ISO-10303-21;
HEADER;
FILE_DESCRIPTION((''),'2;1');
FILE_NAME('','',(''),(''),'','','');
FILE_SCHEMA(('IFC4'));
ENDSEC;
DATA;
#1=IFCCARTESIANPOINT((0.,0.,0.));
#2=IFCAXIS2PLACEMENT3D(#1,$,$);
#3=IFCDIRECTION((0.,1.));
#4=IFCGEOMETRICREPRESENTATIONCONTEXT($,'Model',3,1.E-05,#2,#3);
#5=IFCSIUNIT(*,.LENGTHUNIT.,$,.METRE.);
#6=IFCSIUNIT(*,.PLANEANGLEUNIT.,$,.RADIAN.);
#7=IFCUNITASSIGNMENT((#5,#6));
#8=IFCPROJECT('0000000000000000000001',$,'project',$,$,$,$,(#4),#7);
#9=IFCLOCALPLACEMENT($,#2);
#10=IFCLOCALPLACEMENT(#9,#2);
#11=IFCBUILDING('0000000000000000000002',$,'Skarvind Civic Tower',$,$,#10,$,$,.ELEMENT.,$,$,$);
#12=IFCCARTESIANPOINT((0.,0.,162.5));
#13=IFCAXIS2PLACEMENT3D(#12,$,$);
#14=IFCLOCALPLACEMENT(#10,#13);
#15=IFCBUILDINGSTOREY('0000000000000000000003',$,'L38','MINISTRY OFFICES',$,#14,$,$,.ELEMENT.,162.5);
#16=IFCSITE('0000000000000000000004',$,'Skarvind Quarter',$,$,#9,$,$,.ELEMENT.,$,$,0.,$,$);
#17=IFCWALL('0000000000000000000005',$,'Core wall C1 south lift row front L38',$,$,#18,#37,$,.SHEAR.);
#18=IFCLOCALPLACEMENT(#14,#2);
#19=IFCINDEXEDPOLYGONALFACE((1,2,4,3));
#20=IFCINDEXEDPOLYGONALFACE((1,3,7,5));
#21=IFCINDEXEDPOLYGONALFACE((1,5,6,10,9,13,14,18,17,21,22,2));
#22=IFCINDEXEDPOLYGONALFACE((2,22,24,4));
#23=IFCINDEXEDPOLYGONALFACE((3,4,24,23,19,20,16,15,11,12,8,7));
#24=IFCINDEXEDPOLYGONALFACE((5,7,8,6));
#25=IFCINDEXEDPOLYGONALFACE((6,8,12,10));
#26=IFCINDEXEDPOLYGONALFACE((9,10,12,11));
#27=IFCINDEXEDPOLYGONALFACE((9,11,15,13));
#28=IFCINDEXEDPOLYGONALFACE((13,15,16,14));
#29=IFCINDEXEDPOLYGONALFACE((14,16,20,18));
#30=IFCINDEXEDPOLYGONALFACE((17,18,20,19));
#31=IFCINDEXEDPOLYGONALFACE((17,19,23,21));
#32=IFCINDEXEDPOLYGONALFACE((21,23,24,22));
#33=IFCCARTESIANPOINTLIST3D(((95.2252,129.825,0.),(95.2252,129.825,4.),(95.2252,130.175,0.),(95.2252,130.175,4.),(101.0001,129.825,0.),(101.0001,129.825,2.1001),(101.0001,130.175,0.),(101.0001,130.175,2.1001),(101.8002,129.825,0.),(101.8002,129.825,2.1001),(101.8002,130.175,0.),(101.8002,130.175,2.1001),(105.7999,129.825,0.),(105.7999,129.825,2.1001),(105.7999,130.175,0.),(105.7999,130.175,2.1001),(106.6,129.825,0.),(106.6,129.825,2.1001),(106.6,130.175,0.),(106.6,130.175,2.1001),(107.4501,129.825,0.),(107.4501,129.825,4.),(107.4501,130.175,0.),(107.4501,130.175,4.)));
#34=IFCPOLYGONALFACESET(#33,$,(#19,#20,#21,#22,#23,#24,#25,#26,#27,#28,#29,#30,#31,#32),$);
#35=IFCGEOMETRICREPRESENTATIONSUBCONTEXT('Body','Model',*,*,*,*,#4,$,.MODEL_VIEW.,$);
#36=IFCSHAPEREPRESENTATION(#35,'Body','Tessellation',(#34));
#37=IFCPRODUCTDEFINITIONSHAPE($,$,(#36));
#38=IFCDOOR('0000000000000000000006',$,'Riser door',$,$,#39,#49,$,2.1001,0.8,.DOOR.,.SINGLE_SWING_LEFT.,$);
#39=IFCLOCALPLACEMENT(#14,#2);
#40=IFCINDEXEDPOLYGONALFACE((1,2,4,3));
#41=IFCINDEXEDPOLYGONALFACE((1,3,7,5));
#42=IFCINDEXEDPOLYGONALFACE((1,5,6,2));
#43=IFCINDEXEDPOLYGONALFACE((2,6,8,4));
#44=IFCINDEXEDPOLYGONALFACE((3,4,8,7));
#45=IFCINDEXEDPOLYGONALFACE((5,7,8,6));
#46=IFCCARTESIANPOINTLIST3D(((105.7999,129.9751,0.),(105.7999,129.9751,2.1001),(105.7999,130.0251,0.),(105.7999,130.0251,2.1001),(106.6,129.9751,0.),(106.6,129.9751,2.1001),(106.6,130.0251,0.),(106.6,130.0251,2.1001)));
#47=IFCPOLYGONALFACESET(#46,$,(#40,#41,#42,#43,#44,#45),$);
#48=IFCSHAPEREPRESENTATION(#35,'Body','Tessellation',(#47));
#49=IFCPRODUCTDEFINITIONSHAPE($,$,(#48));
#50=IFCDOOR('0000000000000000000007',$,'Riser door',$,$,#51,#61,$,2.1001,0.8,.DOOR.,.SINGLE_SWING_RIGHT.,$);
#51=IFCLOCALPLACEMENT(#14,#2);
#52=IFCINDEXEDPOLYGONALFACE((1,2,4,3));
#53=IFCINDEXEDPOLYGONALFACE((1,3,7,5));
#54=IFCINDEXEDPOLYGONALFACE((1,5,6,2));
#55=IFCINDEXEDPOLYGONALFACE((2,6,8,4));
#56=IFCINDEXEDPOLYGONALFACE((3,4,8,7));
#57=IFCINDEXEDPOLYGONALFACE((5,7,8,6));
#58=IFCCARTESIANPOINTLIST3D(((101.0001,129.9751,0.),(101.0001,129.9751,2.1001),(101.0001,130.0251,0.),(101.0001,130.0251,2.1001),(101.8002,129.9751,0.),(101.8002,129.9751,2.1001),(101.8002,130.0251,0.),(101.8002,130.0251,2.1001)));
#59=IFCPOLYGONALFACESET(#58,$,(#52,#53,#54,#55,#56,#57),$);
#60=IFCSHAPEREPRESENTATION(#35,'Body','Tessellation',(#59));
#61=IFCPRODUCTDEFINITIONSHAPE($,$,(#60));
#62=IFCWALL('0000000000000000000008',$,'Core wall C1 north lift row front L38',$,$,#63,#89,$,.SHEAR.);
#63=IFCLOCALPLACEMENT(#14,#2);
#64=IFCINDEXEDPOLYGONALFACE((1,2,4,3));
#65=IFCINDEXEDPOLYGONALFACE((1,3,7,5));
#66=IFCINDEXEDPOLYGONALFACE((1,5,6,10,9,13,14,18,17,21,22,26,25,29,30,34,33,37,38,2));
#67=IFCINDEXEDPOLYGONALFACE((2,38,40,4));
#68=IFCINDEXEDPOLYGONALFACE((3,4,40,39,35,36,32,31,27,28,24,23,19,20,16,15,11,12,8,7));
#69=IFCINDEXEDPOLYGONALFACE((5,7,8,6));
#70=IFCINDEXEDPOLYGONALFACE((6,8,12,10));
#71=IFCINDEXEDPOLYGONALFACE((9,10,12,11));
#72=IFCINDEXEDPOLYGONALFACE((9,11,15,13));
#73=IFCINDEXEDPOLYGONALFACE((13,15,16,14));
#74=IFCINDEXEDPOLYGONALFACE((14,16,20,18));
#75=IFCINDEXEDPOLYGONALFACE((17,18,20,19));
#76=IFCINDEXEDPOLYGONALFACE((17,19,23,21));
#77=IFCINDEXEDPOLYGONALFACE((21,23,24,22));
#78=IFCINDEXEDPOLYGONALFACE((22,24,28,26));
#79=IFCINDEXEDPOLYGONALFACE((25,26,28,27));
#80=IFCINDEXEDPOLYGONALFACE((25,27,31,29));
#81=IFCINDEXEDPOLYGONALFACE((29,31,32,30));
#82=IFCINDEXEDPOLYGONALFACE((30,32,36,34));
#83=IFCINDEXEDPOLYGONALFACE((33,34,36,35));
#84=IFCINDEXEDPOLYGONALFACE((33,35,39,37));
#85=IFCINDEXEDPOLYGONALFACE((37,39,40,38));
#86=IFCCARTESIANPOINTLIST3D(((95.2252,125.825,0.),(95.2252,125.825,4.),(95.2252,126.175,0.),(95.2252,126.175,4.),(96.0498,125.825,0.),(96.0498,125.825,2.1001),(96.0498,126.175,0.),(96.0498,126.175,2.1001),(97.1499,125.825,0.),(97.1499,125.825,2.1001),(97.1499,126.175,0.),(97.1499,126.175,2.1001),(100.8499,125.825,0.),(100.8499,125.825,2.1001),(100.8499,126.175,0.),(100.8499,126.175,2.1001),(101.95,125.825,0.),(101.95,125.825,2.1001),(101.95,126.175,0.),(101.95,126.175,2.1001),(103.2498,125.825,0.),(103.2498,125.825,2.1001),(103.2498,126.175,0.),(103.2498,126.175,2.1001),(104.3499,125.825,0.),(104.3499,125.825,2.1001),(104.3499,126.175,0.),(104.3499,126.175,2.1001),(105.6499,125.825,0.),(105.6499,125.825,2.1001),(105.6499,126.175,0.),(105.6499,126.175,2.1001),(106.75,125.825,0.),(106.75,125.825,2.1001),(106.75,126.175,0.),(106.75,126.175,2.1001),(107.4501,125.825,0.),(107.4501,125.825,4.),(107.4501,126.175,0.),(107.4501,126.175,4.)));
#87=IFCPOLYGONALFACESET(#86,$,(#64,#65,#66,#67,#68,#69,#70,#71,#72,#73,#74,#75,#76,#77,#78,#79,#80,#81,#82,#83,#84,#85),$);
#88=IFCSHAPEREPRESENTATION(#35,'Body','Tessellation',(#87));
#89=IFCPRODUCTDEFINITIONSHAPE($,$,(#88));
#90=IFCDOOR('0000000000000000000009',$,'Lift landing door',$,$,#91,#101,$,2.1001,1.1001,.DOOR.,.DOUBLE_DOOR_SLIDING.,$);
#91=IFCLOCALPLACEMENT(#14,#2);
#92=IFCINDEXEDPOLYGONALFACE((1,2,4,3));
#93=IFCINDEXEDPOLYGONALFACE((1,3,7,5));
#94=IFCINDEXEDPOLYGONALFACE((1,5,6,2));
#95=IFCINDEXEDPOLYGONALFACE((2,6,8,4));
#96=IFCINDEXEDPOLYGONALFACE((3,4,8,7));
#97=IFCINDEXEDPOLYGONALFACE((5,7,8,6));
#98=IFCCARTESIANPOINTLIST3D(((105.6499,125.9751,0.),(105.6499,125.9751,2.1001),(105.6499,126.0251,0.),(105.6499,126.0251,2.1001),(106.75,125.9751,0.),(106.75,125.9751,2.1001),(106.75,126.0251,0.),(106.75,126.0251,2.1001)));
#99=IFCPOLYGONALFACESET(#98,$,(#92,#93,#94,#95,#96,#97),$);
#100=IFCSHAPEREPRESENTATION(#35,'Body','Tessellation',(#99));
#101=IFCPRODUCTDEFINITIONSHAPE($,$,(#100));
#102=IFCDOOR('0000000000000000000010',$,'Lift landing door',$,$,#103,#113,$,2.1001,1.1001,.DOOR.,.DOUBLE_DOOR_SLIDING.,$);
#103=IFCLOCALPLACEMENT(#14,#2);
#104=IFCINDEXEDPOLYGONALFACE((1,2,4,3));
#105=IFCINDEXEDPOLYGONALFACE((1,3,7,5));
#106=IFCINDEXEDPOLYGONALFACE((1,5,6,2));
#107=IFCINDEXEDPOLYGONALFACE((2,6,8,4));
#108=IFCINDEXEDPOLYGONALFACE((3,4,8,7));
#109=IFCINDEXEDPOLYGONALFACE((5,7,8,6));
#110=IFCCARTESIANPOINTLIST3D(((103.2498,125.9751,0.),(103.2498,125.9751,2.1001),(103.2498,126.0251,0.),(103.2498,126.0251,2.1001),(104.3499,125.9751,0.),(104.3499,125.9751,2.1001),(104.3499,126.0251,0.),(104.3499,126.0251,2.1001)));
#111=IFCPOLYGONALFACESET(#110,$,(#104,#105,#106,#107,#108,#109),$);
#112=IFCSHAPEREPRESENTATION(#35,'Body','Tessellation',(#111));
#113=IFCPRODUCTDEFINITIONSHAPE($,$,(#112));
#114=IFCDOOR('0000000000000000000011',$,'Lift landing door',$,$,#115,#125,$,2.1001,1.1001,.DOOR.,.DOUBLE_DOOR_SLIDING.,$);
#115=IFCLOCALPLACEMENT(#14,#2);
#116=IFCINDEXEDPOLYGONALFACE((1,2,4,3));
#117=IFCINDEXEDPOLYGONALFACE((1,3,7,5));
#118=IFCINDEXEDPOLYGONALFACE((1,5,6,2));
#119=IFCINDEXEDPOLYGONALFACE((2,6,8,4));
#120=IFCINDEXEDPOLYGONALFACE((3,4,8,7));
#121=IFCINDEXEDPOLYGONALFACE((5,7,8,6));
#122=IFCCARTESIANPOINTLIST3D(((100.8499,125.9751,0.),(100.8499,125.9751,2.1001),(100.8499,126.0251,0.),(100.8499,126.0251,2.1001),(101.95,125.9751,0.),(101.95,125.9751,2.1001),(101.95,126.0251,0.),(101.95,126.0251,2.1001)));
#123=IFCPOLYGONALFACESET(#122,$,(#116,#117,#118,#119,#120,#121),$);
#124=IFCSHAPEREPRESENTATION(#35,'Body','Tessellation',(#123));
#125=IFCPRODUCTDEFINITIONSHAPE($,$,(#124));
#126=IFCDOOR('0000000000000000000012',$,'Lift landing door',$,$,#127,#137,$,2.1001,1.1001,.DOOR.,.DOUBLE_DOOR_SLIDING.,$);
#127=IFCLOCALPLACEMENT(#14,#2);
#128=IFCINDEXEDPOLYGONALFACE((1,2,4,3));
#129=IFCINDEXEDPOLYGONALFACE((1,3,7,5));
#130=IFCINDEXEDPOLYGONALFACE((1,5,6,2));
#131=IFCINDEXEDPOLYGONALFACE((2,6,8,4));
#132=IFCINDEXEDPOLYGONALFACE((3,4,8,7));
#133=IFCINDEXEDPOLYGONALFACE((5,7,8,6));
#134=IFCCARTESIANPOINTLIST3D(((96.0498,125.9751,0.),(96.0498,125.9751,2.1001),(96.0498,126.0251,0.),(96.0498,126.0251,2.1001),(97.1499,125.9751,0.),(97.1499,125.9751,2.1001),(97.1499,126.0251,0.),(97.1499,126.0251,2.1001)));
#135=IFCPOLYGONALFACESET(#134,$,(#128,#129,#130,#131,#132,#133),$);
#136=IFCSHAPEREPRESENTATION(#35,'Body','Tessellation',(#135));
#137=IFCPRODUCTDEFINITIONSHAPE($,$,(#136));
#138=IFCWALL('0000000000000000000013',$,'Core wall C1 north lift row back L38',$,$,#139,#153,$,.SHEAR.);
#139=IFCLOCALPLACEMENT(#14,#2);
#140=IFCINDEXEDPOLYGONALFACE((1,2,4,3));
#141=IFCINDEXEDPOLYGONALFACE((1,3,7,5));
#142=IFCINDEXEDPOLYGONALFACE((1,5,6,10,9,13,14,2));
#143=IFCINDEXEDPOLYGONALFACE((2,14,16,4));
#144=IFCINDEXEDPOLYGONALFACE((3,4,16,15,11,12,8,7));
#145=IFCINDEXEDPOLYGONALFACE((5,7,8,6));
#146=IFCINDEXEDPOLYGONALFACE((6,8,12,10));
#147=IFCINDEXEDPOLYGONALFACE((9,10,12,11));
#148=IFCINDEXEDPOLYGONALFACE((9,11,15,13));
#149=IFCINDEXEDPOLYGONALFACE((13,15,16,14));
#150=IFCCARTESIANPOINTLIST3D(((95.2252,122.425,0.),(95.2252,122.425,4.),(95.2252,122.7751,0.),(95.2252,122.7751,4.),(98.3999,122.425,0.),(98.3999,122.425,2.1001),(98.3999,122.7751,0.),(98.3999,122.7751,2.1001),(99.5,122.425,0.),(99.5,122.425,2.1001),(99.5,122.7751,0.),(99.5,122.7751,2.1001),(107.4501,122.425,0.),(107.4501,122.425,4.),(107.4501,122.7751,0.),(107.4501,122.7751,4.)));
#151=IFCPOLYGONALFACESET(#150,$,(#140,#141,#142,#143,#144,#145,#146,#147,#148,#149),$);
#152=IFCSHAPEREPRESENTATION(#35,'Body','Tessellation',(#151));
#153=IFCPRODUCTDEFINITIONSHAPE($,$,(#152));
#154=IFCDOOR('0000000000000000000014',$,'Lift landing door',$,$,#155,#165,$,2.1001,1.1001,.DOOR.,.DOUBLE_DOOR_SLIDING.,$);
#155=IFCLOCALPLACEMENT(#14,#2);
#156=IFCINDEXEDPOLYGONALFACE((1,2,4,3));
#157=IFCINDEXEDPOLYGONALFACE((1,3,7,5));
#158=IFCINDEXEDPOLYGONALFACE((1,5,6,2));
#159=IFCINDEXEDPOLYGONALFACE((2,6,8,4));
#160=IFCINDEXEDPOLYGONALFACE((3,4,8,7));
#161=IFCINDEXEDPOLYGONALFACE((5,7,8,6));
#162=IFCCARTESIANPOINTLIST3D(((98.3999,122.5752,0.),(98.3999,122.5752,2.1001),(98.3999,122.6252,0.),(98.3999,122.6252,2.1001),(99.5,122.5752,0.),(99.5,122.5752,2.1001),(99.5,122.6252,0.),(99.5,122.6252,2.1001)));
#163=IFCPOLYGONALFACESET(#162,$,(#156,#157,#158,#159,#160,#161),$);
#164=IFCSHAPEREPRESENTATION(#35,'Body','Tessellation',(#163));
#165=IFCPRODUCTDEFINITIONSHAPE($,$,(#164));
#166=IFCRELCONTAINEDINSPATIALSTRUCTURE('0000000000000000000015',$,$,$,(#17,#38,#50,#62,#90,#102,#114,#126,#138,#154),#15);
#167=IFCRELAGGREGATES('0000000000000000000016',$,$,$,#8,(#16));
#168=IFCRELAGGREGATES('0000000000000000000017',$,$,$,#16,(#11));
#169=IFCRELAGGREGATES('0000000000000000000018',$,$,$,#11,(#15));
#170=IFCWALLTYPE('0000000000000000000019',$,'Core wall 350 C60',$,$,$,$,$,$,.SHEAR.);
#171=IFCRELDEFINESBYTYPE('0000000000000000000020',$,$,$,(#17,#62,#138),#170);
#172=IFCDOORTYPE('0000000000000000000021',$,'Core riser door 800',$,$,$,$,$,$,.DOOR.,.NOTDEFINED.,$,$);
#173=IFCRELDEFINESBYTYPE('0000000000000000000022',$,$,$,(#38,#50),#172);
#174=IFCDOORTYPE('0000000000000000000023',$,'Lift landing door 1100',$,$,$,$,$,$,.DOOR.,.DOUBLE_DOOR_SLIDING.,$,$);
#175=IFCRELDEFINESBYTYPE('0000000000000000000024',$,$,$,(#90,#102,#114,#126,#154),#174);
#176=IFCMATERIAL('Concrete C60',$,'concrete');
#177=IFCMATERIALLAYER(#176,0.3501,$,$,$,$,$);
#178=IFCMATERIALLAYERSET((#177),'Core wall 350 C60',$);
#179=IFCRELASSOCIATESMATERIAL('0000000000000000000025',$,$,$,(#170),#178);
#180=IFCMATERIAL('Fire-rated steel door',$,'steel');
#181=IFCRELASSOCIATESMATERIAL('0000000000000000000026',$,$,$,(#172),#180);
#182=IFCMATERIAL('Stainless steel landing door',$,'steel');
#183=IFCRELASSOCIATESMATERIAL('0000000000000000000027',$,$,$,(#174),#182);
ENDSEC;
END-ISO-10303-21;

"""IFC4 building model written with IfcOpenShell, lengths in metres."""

from ifc_helpers import new_model, si_unit, direction, frame, frame_2d, origin, place, context, subcontext, project, spatial, rectangle, extrude, material, layer, layer_set, type_object, element, fill, save


model = new_model("IFC4")

# Units and contexts
model_context = context("Model", 3, precision=1e-05, world=origin(), true_north=direction((0.0, 1.0)))
body_context = subcontext(model_context, "Body", "Model", "MODEL_VIEW")
ifc_project = project(units=[si_unit("LENGTHUNIT", "METRE"), si_unit("PLANEANGLEUNIT", "RADIAN")], contexts=[model_context])

# Site, building, storey
site_placement = place(None, origin())
site = spatial("IfcSite", under=ifc_project, at=site_placement, Name="Skarvind Quarter", CompositionType="ELEMENT", RefElevation=0.0)
building_placement = place(site_placement, origin())
building = spatial("IfcBuilding", under=site, at=building_placement, Name="Skarvind Civic Tower", CompositionType="ELEMENT")
storey_placement = place(building_placement, frame((0.0, 0.0, 162.5)))
storey = spatial("IfcBuildingStorey", under=building, at=storey_placement, Name="L38", Description="MINISTRY OFFICES", CompositionType="ELEMENT", Elevation=162.5)

# Walls, openings, doors
ifc_material_1 = material(Name="Concrete C60", Category="concrete")
ifc_layer_1 = layer(ifc_material_1, 0.3501)
ifc_layer_set_1 = layer_set([ifc_layer_1], Name="Core wall 350 C60")
wall_type_1 = type_object("IfcWallType", Name="Core wall 350 C60", PredefinedType="SHEAR", material=ifc_layer_set_1)
wall_1_placement = place(storey_placement, frame((107.45, 130.0, 0.0), z_axis=(0.0, 0.0, 1.0), x_axis=(-1.0, 0.0, 0.0)))
wall_1 = element("IfcWall", 1, at=wall_1_placement, inside=storey, type_object=wall_type_1, Name="Core wall C1 south lift row front L38", PredefinedType="SHEAR", context=body_context, shape_type="SweptSolid", body=[
    extrude(rectangle(XDim=12.2249, YDim=0.3501, at=frame_2d((6.1123, 0.0))), origin(), (0.0, 0.0, 1.0), 4.0),
])
opening_1_placement = place(wall_1_placement, frame((0.8501, 0.0, 0.0)))
opening_1 = element("IfcOpeningElement", 2, at=opening_1_placement, cuts=wall_1, PredefinedType="OPENING", context=body_context, shape_type="SweptSolid", body=[
    extrude(rectangle(XDim=0.8, YDim=2.1001, at=frame_2d((0.3999, 1.05))), frame((0.0, 0.1851, 0.0), z_axis=(0.0, -1.0, 0.0), x_axis=(1.0, 0.0, 0.0)), (0.0, 0.0, 1.0), 0.3701),
])
opening_2_placement = place(wall_1_placement, frame((5.6499, 0.0, 0.0)))
opening_2 = element("IfcOpeningElement", 3, at=opening_2_placement, cuts=wall_1, PredefinedType="OPENING", context=body_context, shape_type="SweptSolid", body=[
    extrude(rectangle(XDim=0.8, YDim=2.1001, at=frame_2d((0.3999, 1.05))), frame((0.0, 0.1851, 0.0), z_axis=(0.0, -1.0, 0.0), x_axis=(1.0, 0.0, 0.0)), (0.0, 0.0, 1.0), 0.3701),
])
ifc_material_2 = material(Name="Fire-rated steel door", Category="steel")
door_type_1 = type_object("IfcDoorType", Name="Core riser door 800", OperationType="NOTDEFINED", PredefinedType="DOOR", material=ifc_material_2)
door_1_placement = place(opening_1_placement, origin())
door_1 = element("IfcDoor", 4, at=door_1_placement, inside=storey, type_object=door_type_1, Name="Riser door", OperationType="SINGLE_SWING_LEFT", OverallHeight=2.1001, OverallWidth=0.8, PredefinedType="DOOR", context=body_context, shape_type="SweptSolid", body=[
    extrude(rectangle(XDim=0.8, YDim=2.1001, at=frame_2d((0.3999, 1.05))), frame((0.0, 0.0249, 0.0), z_axis=(0.0, -1.0, 0.0), x_axis=(1.0, 0.0, 0.0)), (0.0, 0.0, 1.0), 0.05),
])
fill(opening_1, door_1)
door_2_placement = place(opening_2_placement, origin())
door_2 = element("IfcDoor", 5, at=door_2_placement, inside=storey, type_object=door_type_1, Name="Riser door", OperationType="SINGLE_SWING_RIGHT", OverallHeight=2.1001, OverallWidth=0.8, PredefinedType="DOOR", context=body_context, shape_type="SweptSolid", body=[
    extrude(rectangle(XDim=0.8, YDim=2.1001, at=frame_2d((0.3999, 1.05))), frame((0.0, 0.0249, 0.0), z_axis=(0.0, -1.0, 0.0), x_axis=(1.0, 0.0, 0.0)), (0.0, 0.0, 1.0), 0.05),
])
fill(opening_2, door_2)
wall_2_placement = place(storey_placement, frame((107.45, 126.0, 0.0), z_axis=(0.0, 0.0, 1.0), x_axis=(-1.0, 0.0, 0.0)))
wall_2 = element("IfcWall", 6, at=wall_2_placement, inside=storey, type_object=wall_type_1, Name="Core wall C1 north lift row front L38", PredefinedType="SHEAR", context=body_context, shape_type="SweptSolid", body=[
    extrude(rectangle(XDim=12.2249, YDim=0.3501, at=frame_2d((6.1123, 0.0))), origin(), (0.0, 0.0, 1.0), 4.0),
])
opening_3_placement = place(wall_2_placement, frame((0.7, 0.0, 0.0)))
opening_3 = element("IfcOpeningElement", 7, at=opening_3_placement, cuts=wall_2, PredefinedType="OPENING", context=body_context, shape_type="SweptSolid", body=[
    extrude(rectangle(XDim=1.1001, YDim=2.1001, at=frame_2d((0.55, 1.05))), frame((0.0, 0.1851, 0.0), z_axis=(0.0, -1.0, 0.0), x_axis=(1.0, 0.0, 0.0)), (0.0, 0.0, 1.0), 0.3701),
])
opening_4_placement = place(wall_2_placement, frame((3.1001, 0.0, 0.0)))
opening_4 = element("IfcOpeningElement", 8, at=opening_4_placement, cuts=wall_2, PredefinedType="OPENING", context=body_context, shape_type="SweptSolid", body=[
    extrude(rectangle(XDim=1.1001, YDim=2.1001, at=frame_2d((0.55, 1.05))), frame((0.0, 0.1851, 0.0), z_axis=(0.0, -1.0, 0.0), x_axis=(1.0, 0.0, 0.0)), (0.0, 0.0, 1.0), 0.3701),
])
opening_5_placement = place(wall_2_placement, frame((5.5, 0.0, 0.0)))
opening_5 = element("IfcOpeningElement", 9, at=opening_5_placement, cuts=wall_2, PredefinedType="OPENING", context=body_context, shape_type="SweptSolid", body=[
    extrude(rectangle(XDim=1.1001, YDim=2.1001, at=frame_2d((0.55, 1.05))), frame((0.0, 0.1851, 0.0), z_axis=(0.0, -1.0, 0.0), x_axis=(1.0, 0.0, 0.0)), (0.0, 0.0, 1.0), 0.3701),
])
opening_6_placement = place(wall_2_placement, frame((10.3, 0.0, 0.0)))
opening_6 = element("IfcOpeningElement", 10, at=opening_6_placement, cuts=wall_2, PredefinedType="OPENING", context=body_context, shape_type="SweptSolid", body=[
    extrude(rectangle(XDim=1.1001, YDim=2.1001, at=frame_2d((0.55, 1.05))), frame((0.0, 0.1851, 0.0), z_axis=(0.0, -1.0, 0.0), x_axis=(1.0, 0.0, 0.0)), (0.0, 0.0, 1.0), 0.3701),
])
ifc_material_3 = material(Name="Stainless steel landing door", Category="steel")
door_type_2 = type_object("IfcDoorType", Name="Lift landing door 1100", OperationType="DOUBLE_DOOR_SLIDING", PredefinedType="DOOR", material=ifc_material_3)
door_3_placement = place(opening_3_placement, origin())
door_3 = element("IfcDoor", 11, at=door_3_placement, inside=storey, type_object=door_type_2, Name="Lift landing door", OperationType="DOUBLE_DOOR_SLIDING", OverallHeight=2.1001, OverallWidth=1.1001, PredefinedType="DOOR", context=body_context, shape_type="SweptSolid", body=[
    extrude(rectangle(XDim=1.1001, YDim=2.1001, at=frame_2d((0.55, 1.05))), frame((0.0, 0.0249, 0.0), z_axis=(0.0, -1.0, 0.0), x_axis=(1.0, 0.0, 0.0)), (0.0, 0.0, 1.0), 0.05),
])
fill(opening_3, door_3)
door_4_placement = place(opening_4_placement, origin())
door_4 = element("IfcDoor", 12, at=door_4_placement, inside=storey, type_object=door_type_2, Name="Lift landing door", OperationType="DOUBLE_DOOR_SLIDING", OverallHeight=2.1001, OverallWidth=1.1001, PredefinedType="DOOR", context=body_context, shape_type="SweptSolid", body=[
    extrude(rectangle(XDim=1.1001, YDim=2.1001, at=frame_2d((0.55, 1.05))), frame((0.0, 0.0249, 0.0), z_axis=(0.0, -1.0, 0.0), x_axis=(1.0, 0.0, 0.0)), (0.0, 0.0, 1.0), 0.05),
])
fill(opening_4, door_4)
door_5_placement = place(opening_5_placement, origin())
door_5 = element("IfcDoor", 13, at=door_5_placement, inside=storey, type_object=door_type_2, Name="Lift landing door", OperationType="DOUBLE_DOOR_SLIDING", OverallHeight=2.1001, OverallWidth=1.1001, PredefinedType="DOOR", context=body_context, shape_type="SweptSolid", body=[
    extrude(rectangle(XDim=1.1001, YDim=2.1001, at=frame_2d((0.55, 1.05))), frame((0.0, 0.0249, 0.0), z_axis=(0.0, -1.0, 0.0), x_axis=(1.0, 0.0, 0.0)), (0.0, 0.0, 1.0), 0.05),
])
fill(opening_5, door_5)
door_6_placement = place(opening_6_placement, origin())
door_6 = element("IfcDoor", 14, at=door_6_placement, inside=storey, type_object=door_type_2, Name="Lift landing door", OperationType="DOUBLE_DOOR_SLIDING", OverallHeight=2.1001, OverallWidth=1.1001, PredefinedType="DOOR", context=body_context, shape_type="SweptSolid", body=[
    extrude(rectangle(XDim=1.1001, YDim=2.1001, at=frame_2d((0.55, 1.05))), frame((0.0, 0.0249, 0.0), z_axis=(0.0, -1.0, 0.0), x_axis=(1.0, 0.0, 0.0)), (0.0, 0.0, 1.0), 0.05),
])
fill(opening_6, door_6)

# Wall, opening, door
wall_3_placement = place(storey_placement, frame((107.45, 122.6001, 0.0), z_axis=(0.0, 0.0, 1.0), x_axis=(-1.0, 0.0, 0.0)))
wall_3 = element("IfcWall", 15, at=wall_3_placement, inside=storey, type_object=wall_type_1, Name="Core wall C1 north lift row back L38", PredefinedType="SHEAR", context=body_context, shape_type="SweptSolid", body=[
    extrude(rectangle(XDim=12.2249, YDim=0.3501, at=frame_2d((6.1123, 0.0))), origin(), (0.0, 0.0, 1.0), 4.0),
])
opening_7_placement = place(wall_3_placement, frame((7.95, 0.0, 0.0)))
opening_7 = element("IfcOpeningElement", 16, at=opening_7_placement, cuts=wall_3, PredefinedType="OPENING", context=body_context, shape_type="SweptSolid", body=[
    extrude(rectangle(XDim=1.1001, YDim=2.1001, at=frame_2d((0.55, 1.05))), frame((0.0, 0.1851, 0.0), z_axis=(0.0, -1.0, 0.0), x_axis=(1.0, 0.0, 0.0)), (0.0, 0.0, 1.0), 0.3701),
])
door_7_placement = place(opening_7_placement, origin())
door_7 = element("IfcDoor", 17, at=door_7_placement, inside=storey, type_object=door_type_2, Name="Lift landing door", OperationType="DOUBLE_DOOR_SLIDING", OverallHeight=2.1001, OverallWidth=1.1001, PredefinedType="DOOR", context=body_context, shape_type="SweptSolid", body=[
    extrude(rectangle(XDim=1.1001, YDim=2.1001, at=frame_2d((0.55, 1.05))), frame((0.0, 0.0249, 0.0), z_axis=(0.0, -1.0, 0.0), x_axis=(1.0, 0.0, 0.0)), (0.0, 0.0, 1.0), 0.05),
])
fill(opening_7, door_7)

save(model, "model.ifc")
